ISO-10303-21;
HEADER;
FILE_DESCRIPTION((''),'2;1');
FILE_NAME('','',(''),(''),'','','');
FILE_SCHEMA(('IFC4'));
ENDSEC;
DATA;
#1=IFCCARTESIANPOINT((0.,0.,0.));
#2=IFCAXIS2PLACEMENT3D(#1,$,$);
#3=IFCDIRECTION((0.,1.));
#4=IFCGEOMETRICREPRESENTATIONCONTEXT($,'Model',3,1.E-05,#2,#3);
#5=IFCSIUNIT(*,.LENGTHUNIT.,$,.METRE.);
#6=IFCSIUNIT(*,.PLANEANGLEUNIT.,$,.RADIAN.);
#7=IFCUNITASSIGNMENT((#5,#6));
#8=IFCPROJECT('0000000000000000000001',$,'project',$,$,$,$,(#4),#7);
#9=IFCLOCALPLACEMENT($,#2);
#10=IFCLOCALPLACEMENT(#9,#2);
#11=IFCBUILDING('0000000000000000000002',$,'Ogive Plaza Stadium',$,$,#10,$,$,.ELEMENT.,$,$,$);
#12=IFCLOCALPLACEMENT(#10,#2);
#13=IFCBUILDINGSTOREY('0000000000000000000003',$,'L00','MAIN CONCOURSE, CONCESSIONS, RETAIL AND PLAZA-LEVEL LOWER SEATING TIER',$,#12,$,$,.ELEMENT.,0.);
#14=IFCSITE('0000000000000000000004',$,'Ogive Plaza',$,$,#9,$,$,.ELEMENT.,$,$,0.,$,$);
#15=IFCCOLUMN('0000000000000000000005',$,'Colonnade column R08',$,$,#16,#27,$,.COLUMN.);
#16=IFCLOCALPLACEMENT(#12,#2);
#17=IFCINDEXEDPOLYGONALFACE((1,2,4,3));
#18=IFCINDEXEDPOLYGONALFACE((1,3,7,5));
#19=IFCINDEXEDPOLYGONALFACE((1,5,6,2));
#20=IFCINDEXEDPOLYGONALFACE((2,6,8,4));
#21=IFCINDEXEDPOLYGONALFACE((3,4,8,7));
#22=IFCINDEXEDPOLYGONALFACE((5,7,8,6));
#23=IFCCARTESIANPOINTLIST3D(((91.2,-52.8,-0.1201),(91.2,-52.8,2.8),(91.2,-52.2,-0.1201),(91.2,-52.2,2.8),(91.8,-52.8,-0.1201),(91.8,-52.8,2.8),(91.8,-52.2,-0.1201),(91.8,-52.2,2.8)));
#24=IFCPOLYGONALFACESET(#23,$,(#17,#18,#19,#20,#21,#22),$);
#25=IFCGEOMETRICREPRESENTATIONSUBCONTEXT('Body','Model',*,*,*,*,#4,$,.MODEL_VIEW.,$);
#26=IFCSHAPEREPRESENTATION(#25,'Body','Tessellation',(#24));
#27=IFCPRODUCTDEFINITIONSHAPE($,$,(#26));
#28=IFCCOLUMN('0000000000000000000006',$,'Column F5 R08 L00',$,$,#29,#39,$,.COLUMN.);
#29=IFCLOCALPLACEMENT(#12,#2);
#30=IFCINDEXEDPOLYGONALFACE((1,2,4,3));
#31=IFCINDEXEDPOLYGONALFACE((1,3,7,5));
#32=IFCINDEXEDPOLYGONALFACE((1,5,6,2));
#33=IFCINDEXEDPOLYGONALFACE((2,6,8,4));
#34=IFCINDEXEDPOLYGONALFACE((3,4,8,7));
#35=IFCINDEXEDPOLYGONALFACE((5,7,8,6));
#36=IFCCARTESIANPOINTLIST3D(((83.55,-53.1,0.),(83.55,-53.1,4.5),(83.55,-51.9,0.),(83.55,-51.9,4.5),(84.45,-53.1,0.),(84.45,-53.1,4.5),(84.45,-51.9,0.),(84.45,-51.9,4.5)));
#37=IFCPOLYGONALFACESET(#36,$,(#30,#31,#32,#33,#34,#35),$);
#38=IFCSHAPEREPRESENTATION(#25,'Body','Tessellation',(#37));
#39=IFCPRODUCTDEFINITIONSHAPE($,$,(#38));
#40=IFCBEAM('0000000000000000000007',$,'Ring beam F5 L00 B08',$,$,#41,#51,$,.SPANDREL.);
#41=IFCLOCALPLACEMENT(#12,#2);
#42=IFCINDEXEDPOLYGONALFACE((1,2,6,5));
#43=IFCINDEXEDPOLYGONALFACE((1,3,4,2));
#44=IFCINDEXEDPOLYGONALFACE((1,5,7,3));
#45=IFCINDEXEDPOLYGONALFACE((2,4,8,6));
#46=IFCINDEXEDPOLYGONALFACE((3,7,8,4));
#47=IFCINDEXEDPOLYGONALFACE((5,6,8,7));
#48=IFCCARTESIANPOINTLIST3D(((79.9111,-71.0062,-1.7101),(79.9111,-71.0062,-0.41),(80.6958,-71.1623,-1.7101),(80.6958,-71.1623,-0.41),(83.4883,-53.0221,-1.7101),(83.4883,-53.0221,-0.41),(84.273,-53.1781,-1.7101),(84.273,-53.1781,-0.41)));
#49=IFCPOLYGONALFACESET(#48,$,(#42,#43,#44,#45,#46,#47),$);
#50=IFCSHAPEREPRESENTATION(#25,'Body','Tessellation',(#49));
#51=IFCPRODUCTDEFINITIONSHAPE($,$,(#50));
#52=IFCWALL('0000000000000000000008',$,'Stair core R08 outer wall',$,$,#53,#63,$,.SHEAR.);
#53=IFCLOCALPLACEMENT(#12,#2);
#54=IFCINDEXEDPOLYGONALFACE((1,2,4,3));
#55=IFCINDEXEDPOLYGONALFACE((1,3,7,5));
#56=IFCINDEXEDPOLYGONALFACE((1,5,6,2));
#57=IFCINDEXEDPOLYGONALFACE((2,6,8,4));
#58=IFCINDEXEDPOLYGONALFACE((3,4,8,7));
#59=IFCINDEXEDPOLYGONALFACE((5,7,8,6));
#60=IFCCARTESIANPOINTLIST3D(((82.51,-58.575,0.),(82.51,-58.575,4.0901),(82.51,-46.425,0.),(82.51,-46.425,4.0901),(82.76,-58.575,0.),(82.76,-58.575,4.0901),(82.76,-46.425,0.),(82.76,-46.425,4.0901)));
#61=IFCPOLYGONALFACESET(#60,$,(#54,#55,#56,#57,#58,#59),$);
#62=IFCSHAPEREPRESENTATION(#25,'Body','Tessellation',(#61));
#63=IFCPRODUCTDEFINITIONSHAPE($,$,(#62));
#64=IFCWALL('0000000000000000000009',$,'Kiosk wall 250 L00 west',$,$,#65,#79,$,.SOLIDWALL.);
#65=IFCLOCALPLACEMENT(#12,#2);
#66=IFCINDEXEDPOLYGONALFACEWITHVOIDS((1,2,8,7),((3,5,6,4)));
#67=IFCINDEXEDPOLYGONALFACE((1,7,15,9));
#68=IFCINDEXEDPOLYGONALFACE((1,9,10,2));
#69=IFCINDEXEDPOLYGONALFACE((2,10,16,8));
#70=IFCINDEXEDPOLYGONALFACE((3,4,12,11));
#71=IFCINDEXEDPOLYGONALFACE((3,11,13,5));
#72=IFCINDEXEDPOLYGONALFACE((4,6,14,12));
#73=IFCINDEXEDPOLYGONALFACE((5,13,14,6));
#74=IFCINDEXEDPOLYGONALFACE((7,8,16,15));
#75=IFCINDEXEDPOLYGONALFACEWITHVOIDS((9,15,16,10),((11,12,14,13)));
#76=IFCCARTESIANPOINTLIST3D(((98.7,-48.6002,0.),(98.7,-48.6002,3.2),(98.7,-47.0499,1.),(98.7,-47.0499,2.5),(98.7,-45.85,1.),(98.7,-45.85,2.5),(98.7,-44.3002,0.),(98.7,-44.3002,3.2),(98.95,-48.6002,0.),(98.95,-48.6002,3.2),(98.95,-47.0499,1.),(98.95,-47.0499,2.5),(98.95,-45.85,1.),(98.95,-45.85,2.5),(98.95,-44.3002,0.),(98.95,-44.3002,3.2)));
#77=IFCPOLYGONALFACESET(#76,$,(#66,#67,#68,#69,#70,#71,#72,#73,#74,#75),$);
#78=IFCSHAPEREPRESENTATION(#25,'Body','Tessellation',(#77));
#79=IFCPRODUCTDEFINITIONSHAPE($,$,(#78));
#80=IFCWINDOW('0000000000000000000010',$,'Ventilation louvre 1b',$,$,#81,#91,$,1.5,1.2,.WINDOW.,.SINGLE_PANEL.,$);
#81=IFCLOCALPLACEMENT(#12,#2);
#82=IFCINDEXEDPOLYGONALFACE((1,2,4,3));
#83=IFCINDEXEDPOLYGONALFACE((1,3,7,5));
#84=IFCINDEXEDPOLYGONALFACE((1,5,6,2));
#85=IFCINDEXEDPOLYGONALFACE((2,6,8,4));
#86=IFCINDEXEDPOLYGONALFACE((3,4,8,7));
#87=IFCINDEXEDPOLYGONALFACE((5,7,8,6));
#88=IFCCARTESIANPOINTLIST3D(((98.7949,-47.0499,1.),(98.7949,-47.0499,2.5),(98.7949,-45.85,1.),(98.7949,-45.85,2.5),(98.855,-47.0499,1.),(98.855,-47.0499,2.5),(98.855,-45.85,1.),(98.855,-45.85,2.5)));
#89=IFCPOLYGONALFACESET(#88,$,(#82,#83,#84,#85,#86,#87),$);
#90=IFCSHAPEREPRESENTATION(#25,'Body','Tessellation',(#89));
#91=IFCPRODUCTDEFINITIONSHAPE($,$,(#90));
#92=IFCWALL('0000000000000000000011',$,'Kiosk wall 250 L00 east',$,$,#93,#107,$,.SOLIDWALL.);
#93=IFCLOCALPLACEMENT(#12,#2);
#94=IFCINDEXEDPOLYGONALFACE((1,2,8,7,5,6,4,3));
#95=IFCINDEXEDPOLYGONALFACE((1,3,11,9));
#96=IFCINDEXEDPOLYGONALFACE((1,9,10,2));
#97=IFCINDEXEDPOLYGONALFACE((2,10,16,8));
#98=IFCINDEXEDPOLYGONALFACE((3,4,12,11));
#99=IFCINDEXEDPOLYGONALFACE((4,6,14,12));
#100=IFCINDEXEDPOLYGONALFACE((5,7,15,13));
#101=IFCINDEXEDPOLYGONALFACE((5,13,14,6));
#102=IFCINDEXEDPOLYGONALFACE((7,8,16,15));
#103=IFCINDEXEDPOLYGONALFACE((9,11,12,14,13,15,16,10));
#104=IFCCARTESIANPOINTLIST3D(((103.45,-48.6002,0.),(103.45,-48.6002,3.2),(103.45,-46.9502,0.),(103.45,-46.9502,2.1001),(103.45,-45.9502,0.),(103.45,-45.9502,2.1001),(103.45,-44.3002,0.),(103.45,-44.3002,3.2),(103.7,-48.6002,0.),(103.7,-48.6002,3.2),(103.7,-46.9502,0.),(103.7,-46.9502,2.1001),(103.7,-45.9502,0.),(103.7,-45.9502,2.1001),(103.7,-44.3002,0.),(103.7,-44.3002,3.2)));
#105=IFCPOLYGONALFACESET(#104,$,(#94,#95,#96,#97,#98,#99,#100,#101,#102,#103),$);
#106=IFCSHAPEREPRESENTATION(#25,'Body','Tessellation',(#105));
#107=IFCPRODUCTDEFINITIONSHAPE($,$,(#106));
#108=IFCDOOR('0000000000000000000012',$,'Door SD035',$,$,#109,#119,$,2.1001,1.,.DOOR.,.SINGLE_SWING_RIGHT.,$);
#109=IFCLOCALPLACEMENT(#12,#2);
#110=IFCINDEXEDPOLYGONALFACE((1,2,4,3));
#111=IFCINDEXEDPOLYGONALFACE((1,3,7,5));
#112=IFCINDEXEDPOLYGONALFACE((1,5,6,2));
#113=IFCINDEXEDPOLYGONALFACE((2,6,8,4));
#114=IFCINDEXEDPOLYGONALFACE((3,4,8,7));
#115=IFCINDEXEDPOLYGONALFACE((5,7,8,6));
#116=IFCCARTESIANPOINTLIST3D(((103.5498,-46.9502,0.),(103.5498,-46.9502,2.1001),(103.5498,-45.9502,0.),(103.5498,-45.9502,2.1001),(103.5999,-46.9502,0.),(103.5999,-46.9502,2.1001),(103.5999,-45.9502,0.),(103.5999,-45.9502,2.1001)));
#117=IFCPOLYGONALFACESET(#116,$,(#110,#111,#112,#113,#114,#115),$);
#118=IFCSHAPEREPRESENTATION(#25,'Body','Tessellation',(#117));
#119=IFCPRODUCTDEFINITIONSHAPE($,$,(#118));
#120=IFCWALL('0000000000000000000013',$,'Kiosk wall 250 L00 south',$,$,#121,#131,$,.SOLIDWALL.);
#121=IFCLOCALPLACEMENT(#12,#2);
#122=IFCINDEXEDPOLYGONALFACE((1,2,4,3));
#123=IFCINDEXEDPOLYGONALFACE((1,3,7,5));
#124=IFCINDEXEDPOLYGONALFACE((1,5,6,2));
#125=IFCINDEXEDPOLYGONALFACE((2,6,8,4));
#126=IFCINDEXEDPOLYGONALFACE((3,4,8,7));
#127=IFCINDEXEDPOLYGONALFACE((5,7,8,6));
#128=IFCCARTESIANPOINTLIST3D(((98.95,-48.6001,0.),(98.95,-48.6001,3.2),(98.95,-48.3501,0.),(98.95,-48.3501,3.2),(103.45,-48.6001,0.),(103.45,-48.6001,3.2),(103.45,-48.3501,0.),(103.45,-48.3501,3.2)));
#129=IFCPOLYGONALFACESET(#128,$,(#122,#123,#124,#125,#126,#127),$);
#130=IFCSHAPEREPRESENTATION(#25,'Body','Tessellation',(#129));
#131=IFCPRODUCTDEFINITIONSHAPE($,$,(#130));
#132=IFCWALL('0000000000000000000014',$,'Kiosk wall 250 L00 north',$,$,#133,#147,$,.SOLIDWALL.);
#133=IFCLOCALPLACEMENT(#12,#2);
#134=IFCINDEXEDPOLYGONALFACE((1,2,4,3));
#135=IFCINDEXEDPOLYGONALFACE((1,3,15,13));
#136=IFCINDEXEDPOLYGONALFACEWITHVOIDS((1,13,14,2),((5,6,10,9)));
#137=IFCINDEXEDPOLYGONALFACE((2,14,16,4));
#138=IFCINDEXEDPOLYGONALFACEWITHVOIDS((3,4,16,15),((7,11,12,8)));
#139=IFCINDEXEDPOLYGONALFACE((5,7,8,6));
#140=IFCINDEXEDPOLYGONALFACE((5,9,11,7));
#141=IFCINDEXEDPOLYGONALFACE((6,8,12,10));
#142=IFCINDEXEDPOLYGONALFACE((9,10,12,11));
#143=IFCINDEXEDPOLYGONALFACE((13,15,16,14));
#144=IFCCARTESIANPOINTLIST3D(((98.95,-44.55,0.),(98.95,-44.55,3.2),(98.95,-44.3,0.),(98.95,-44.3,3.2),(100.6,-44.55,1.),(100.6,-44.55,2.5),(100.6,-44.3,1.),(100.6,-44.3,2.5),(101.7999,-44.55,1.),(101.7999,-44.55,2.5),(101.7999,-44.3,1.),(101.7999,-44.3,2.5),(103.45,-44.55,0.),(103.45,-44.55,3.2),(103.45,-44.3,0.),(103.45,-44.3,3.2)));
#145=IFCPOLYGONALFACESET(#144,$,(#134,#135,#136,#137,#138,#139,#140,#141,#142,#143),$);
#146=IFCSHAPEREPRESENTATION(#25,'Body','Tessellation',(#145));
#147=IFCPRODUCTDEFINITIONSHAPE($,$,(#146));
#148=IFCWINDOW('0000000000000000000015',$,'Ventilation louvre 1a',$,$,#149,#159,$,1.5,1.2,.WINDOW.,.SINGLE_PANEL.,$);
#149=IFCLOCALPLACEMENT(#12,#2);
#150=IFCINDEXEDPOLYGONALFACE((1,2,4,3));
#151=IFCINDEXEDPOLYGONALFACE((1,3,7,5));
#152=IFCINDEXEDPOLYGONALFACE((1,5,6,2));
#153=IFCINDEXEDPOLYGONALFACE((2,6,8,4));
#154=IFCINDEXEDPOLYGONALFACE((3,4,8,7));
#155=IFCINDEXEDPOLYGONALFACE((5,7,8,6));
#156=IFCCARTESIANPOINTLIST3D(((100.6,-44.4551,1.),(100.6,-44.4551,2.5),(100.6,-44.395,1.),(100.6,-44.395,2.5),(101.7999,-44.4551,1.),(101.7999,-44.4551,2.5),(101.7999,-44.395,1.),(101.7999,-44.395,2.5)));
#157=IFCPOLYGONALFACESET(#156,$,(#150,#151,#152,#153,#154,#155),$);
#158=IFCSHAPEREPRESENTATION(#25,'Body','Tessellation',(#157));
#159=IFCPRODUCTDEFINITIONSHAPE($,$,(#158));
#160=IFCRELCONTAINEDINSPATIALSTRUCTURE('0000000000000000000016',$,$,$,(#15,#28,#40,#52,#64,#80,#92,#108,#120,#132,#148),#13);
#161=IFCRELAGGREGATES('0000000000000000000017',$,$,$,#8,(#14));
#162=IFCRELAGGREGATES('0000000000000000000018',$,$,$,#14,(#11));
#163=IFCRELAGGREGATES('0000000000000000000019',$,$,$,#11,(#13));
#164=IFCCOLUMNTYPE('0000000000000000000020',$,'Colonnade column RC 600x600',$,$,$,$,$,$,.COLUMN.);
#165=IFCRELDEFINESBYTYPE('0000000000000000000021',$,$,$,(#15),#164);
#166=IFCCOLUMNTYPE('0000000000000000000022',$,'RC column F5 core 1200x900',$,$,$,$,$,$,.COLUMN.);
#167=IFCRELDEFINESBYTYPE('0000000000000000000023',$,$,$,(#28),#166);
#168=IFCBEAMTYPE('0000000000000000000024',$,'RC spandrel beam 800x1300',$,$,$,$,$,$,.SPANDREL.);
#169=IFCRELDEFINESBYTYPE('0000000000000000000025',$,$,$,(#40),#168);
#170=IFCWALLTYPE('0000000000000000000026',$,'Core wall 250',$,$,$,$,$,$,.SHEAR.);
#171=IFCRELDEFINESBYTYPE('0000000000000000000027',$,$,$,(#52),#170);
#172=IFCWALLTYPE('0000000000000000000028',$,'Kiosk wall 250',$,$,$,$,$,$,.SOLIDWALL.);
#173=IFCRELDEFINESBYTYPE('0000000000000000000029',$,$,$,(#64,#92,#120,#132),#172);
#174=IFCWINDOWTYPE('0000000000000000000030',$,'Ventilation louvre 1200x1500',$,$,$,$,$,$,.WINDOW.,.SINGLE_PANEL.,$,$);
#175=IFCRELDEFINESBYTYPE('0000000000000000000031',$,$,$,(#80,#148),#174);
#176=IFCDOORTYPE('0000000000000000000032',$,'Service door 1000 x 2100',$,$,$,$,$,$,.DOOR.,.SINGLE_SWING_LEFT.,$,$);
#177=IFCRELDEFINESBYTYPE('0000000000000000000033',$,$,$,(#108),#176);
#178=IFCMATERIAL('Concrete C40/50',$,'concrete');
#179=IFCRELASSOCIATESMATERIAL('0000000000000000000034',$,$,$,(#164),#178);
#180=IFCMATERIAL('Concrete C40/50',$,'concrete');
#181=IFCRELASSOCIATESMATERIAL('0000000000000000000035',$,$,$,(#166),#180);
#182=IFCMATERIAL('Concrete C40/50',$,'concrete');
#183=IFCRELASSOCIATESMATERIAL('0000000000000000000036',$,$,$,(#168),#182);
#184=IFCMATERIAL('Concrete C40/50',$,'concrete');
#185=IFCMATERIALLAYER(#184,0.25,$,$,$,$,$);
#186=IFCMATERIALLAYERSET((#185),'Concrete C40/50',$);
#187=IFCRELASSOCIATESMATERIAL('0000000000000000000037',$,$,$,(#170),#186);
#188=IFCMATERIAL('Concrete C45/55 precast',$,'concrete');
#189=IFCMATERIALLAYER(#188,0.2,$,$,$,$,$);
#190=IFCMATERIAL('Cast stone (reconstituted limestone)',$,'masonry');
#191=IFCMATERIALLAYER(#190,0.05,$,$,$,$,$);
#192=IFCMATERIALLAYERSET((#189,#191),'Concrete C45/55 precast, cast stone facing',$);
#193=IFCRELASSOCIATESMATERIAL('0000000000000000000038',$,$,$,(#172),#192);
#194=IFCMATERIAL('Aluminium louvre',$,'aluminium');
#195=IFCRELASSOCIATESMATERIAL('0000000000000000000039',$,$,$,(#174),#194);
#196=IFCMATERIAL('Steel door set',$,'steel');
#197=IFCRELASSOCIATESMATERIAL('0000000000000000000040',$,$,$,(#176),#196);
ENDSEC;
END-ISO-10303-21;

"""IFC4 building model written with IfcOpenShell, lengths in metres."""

from ifc_helpers import new_model, si_unit, direction, frame, frame_2d, origin, origin_2d, place, context, subcontext, project, spatial, rectangle, extrude, material, layer, layer_set, material_profile, profile_set, type_object, element, fill, save


model = new_model("IFC4")

# Units and contexts
model_context = context("Model", 3, precision=1e-05, world=origin(), true_north=direction((0.0, 1.0)))
body_context = subcontext(model_context, "Body", "Model", "MODEL_VIEW")
ifc_project = project(units=[si_unit("LENGTHUNIT", "METRE"), si_unit("PLANEANGLEUNIT", "RADIAN")], contexts=[model_context])

# Site, building, storey
site_placement = place(None, origin())
site = spatial("IfcSite", under=ifc_project, at=site_placement, Name="Ogive Plaza", CompositionType="ELEMENT", RefElevation=0.0)
building_placement = place(site_placement, origin())
building = spatial("IfcBuilding", under=site, at=building_placement, Name="Ogive Plaza Stadium", CompositionType="ELEMENT")
storey_placement = place(building_placement, origin())
storey = spatial("IfcBuildingStorey", under=building, at=storey_placement, Name="L00", Description="MAIN CONCOURSE, CONCESSIONS, RETAIL AND PLAZA-LEVEL LOWER SEATING TIER", CompositionType="ELEMENT", Elevation=0.0)

# Columns
ifc_material_1 = material(Name="Concrete C40/50", Category="concrete")
ifc_material_profile_1 = material_profile(ifc_material_1, rectangle(XDim=0.6001, YDim=0.6001, at=origin_2d()), Name="RC 600x600")
ifc_profile_set_1 = profile_set([ifc_material_profile_1], Name="Concrete C40/50")
column_type_1 = type_object("IfcColumnType", Name="Colonnade column RC 600x600", PredefinedType="COLUMN", material=ifc_profile_set_1)
column_1_placement = place(storey_placement, frame((91.5, -52.5, -0.1201), z_axis=(0.0, 0.0, 1.0), x_axis=(1.0, 0.0, 0.0)))
element("IfcColumn", 1, at=column_1_placement, inside=storey, type_object=column_type_1, Name="Colonnade column R08", PredefinedType="COLUMN", context=body_context, shape_type="SweptSolid", body=[
    extrude(rectangle(XDim=0.6001, YDim=0.6001, at=origin_2d()), origin(), (0.0, 0.0, 1.0), 2.9202),
])
ifc_material_2 = material(Name="Concrete C40/50", Category="concrete")
ifc_material_profile_2 = material_profile(ifc_material_2, rectangle(XDim=1.2, YDim=0.8999, at=origin_2d()), Name="RC 1200x900")
ifc_profile_set_2 = profile_set([ifc_material_profile_2], Name="Concrete C40/50")
column_type_2 = type_object("IfcColumnType", Name="RC column F5 core 1200x900", PredefinedType="COLUMN", material=ifc_profile_set_2)
column_2_placement = place(storey_placement, frame((84.0, -52.5, 0.0), z_axis=(0.0, 0.0, 1.0), x_axis=(0.0, 1.0, 0.0)))
element("IfcColumn", 2, at=column_2_placement, inside=storey, type_object=column_type_2, Name="Column F5 R08 L00", PredefinedType="COLUMN", context=body_context, shape_type="SweptSolid", body=[
    extrude(rectangle(XDim=1.2, YDim=0.8999, at=origin_2d()), origin(), (0.0, 0.0, 1.0), 4.5),
])

# Beam
ifc_material_3 = material(Name="Concrete C40/50", Category="concrete")
ifc_material_profile_3 = material_profile(ifc_material_3, rectangle(XDim=0.8, YDim=1.3, at=origin_2d()), Name="RC 800x1300")
ifc_profile_set_3 = profile_set([ifc_material_profile_3], Name="Concrete C40/50")
beam_type = type_object("IfcBeamType", Name="RC spandrel beam 800x1300", PredefinedType="SPANDREL", material=ifc_profile_set_3)
beam_placement = place(storey_placement, frame((83.8806, -53.1001, -1.0601), z_axis=(-0.195084, -0.980787, 0.0), x_axis=(0.980787, -0.195084, 0.0)))
element("IfcBeam", 3, at=beam_placement, inside=storey, type_object=beam_type, Name="Ring beam F5 L00 B08", PredefinedType="SPANDREL", context=body_context, shape_type="SweptSolid", body=[
    extrude(rectangle(XDim=0.8, YDim=1.3, at=origin_2d()), origin(), (0.0, 0.0, 1.0), 18.3364),
])

# Wall
ifc_material_4 = material(Name="Concrete C40/50", Category="concrete")
ifc_layer_1 = layer(ifc_material_4, 0.25)
ifc_layer_set_1 = layer_set([ifc_layer_1], Name="Concrete C40/50")
wall_type_1 = type_object("IfcWallType", Name="Core wall 250", PredefinedType="SHEAR", material=ifc_layer_set_1)
wall_1_placement = place(storey_placement, frame((82.635, -58.575, 0.0), z_axis=(0.0, 0.0, 1.0), x_axis=(0.0, 1.0, 0.0)))
element("IfcWall", 4, at=wall_1_placement, inside=storey, type_object=wall_type_1, Name="Stair core R08 outer wall", PredefinedType="SHEAR", context=body_context, shape_type="SweptSolid", body=[
    extrude(rectangle(XDim=12.1499, YDim=0.25, at=frame_2d((6.075, 0.0))), origin(), (0.0, 0.0, 1.0), 4.0901),
])

# Wall, opening, window
ifc_material_5 = material(Name="Concrete C45/55 precast", Category="concrete")
ifc_layer_2 = layer(ifc_material_5, 0.2)
ifc_material_6 = material(Name="Cast stone (reconstituted limestone)", Category="masonry")
ifc_layer_3 = layer(ifc_material_6, 0.05)
ifc_layer_set_2 = layer_set([ifc_layer_2, ifc_layer_3], Name="Concrete C45/55 precast, cast stone facing")
wall_type_2 = type_object("IfcWallType", Name="Kiosk wall 250", PredefinedType="SOLIDWALL", material=ifc_layer_set_2)
wall_2_placement = place(storey_placement, frame((98.825, -48.6001, 0.0), z_axis=(0.0, 0.0, 1.0), x_axis=(0.0, 1.0, 0.0)))
wall_2 = element("IfcWall", 5, at=wall_2_placement, inside=storey, type_object=wall_type_2, Name="Kiosk wall 250 L00 west", PredefinedType="SOLIDWALL", context=body_context, shape_type="SweptSolid", body=[
    extrude(rectangle(XDim=4.3, YDim=0.25, at=frame_2d((2.1499, 0.0))), origin(), (0.0, 0.0, 1.0), 3.2),
])
opening_1_placement = place(wall_2_placement, frame((1.55, 0.0, 1.0)))
opening_1 = element("IfcOpeningElement", 6, at=opening_1_placement, cuts=wall_2, PredefinedType="OPENING", context=body_context, shape_type="SweptSolid", body=[
    extrude(rectangle(XDim=1.2, YDim=1.5, at=frame_2d((0.6001, 0.75))), frame((0.0, 0.125, 0.0), z_axis=(0.0, -1.0, 0.0), x_axis=(1.0, 0.0, 0.0)), (0.0, 0.0, 1.0), 0.25),
])
ifc_material_7 = material(Name="Aluminium louvre", Category="aluminium")
window_type = type_object("IfcWindowType", Name="Ventilation louvre 1200x1500", PartitioningType="SINGLE_PANEL", PredefinedType="WINDOW", material=ifc_material_7)
window_1_placement = place(opening_1_placement, origin())
window_1 = element("IfcWindow", 7, at=window_1_placement, inside=storey, type_object=window_type, Name="Ventilation louvre 1b", OverallHeight=1.5, OverallWidth=1.2, PartitioningType="SINGLE_PANEL", PredefinedType="WINDOW", context=body_context, shape_type="SweptSolid", body=[
    extrude(rectangle(XDim=1.2, YDim=1.5, at=frame_2d((0.6001, 0.75))), frame((0.0, 0.03, 0.0), z_axis=(0.0, -1.0, 0.0), x_axis=(1.0, 0.0, 0.0)), (0.0, 0.0, 1.0), 0.0601),
])
fill(opening_1, window_1)

# Wall, opening, door
wall_3_placement = place(storey_placement, frame((103.575, -48.6001, 0.0), z_axis=(0.0, 0.0, 1.0), x_axis=(0.0, 1.0, 0.0)))
wall_3 = element("IfcWall", 8, at=wall_3_placement, inside=storey, type_object=wall_type_2, Name="Kiosk wall 250 L00 east", PredefinedType="SOLIDWALL", context=body_context, shape_type="SweptSolid", body=[
    extrude(rectangle(XDim=4.3, YDim=0.25, at=frame_2d((2.1499, 0.0))), origin(), (0.0, 0.0, 1.0), 3.2),
])
opening_2_placement = place(wall_3_placement, frame((1.6499, 0.0, 0.0)))
opening_2 = element("IfcOpeningElement", 9, at=opening_2_placement, cuts=wall_3, PredefinedType="OPENING", context=body_context, shape_type="SweptSolid", body=[
    extrude(rectangle(XDim=1.0, YDim=2.1001, at=frame_2d((0.5, 1.05))), frame((0.0, 0.125, 0.0), z_axis=(0.0, -1.0, 0.0), x_axis=(1.0, 0.0, 0.0)), (0.0, 0.0, 1.0), 0.25),
])
ifc_material_8 = material(Name="Steel door set", Category="steel")
door_type_1 = type_object("IfcDoorType", Name="Service door 1000 x 2100", OperationType="SINGLE_SWING_LEFT", PredefinedType="DOOR", material=ifc_material_8)
door_1_placement = place(opening_2_placement, frame((1.0, 0.0, 0.0), z_axis=(0.0, 0.0, 1.0), x_axis=(-1.0, 0.0, 0.0)))
door_1 = element("IfcDoor", 10, at=door_1_placement, inside=storey, type_object=door_type_1, Name="Door SD035", OperationType="SINGLE_SWING_RIGHT", OverallHeight=2.1001, OverallWidth=1.0, PredefinedType="DOOR", context=body_context, shape_type="SweptSolid", body=[
    extrude(rectangle(XDim=1.0, YDim=2.1001, at=frame_2d((0.5, 1.05))), frame((0.0, 0.0249, 0.0), z_axis=(0.0, -1.0, 0.0), x_axis=(1.0, 0.0, 0.0)), (0.0, 0.0, 1.0), 0.05),
])
fill(opening_2, door_1)

# Wall
wall_4_placement = place(storey_placement, frame((98.95, -48.4751, 0.0), z_axis=(0.0, 0.0, 1.0), x_axis=(1.0, 0.0, 0.0)))
element("IfcWall", 11, at=wall_4_placement, inside=storey, type_object=wall_type_2, Name="Kiosk wall 250 L00 south", PredefinedType="SOLIDWALL", context=body_context, shape_type="SweptSolid", body=[
    extrude(rectangle(XDim=4.5, YDim=0.25, at=frame_2d((2.25, 0.0))), origin(), (0.0, 0.0, 1.0), 3.2),
])

# Wall, opening, window
wall_5_placement = place(storey_placement, frame((98.95, -44.425, 0.0), z_axis=(0.0, 0.0, 1.0), x_axis=(1.0, 0.0, 0.0)))
wall_5 = element("IfcWall", 12, at=wall_5_placement, inside=storey, type_object=wall_type_2, Name="Kiosk wall 250 L00 north", PredefinedType="SOLIDWALL", context=body_context, shape_type="SweptSolid", body=[
    extrude(rectangle(XDim=4.5, YDim=0.25, at=frame_2d((2.25, 0.0))), origin(), (0.0, 0.0, 1.0), 3.2),
])
opening_3_placement = place(wall_5_placement, frame((1.6499, 0.0, 1.0)))
opening_3 = element("IfcOpeningElement", 13, at=opening_3_placement, cuts=wall_5, PredefinedType="OPENING", context=body_context, shape_type="SweptSolid", body=[
    extrude(rectangle(XDim=1.2, YDim=1.5, at=frame_2d((0.6001, 0.75))), frame((0.0, 0.125, 0.0), z_axis=(0.0, -1.0, 0.0), x_axis=(1.0, 0.0, 0.0)), (0.0, 0.0, 1.0), 0.25),
])
window_2_placement = place(opening_3_placement, origin())
window_2 = element("IfcWindow", 14, at=window_2_placement, inside=storey, type_object=window_type, Name="Ventilation louvre 1a", OverallHeight=1.5, OverallWidth=1.2, PartitioningType="SINGLE_PANEL", PredefinedType="WINDOW", context=body_context, shape_type="SweptSolid", body=[
    extrude(rectangle(XDim=1.2, YDim=1.5, at=frame_2d((0.6001, 0.75))), frame((0.0, 0.03, 0.0), z_axis=(0.0, -1.0, 0.0), x_axis=(1.0, 0.0, 0.0)), (0.0, 0.0, 1.0), 0.0601),
])
fill(opening_3, window_2)

save(model, "model.ifc")
